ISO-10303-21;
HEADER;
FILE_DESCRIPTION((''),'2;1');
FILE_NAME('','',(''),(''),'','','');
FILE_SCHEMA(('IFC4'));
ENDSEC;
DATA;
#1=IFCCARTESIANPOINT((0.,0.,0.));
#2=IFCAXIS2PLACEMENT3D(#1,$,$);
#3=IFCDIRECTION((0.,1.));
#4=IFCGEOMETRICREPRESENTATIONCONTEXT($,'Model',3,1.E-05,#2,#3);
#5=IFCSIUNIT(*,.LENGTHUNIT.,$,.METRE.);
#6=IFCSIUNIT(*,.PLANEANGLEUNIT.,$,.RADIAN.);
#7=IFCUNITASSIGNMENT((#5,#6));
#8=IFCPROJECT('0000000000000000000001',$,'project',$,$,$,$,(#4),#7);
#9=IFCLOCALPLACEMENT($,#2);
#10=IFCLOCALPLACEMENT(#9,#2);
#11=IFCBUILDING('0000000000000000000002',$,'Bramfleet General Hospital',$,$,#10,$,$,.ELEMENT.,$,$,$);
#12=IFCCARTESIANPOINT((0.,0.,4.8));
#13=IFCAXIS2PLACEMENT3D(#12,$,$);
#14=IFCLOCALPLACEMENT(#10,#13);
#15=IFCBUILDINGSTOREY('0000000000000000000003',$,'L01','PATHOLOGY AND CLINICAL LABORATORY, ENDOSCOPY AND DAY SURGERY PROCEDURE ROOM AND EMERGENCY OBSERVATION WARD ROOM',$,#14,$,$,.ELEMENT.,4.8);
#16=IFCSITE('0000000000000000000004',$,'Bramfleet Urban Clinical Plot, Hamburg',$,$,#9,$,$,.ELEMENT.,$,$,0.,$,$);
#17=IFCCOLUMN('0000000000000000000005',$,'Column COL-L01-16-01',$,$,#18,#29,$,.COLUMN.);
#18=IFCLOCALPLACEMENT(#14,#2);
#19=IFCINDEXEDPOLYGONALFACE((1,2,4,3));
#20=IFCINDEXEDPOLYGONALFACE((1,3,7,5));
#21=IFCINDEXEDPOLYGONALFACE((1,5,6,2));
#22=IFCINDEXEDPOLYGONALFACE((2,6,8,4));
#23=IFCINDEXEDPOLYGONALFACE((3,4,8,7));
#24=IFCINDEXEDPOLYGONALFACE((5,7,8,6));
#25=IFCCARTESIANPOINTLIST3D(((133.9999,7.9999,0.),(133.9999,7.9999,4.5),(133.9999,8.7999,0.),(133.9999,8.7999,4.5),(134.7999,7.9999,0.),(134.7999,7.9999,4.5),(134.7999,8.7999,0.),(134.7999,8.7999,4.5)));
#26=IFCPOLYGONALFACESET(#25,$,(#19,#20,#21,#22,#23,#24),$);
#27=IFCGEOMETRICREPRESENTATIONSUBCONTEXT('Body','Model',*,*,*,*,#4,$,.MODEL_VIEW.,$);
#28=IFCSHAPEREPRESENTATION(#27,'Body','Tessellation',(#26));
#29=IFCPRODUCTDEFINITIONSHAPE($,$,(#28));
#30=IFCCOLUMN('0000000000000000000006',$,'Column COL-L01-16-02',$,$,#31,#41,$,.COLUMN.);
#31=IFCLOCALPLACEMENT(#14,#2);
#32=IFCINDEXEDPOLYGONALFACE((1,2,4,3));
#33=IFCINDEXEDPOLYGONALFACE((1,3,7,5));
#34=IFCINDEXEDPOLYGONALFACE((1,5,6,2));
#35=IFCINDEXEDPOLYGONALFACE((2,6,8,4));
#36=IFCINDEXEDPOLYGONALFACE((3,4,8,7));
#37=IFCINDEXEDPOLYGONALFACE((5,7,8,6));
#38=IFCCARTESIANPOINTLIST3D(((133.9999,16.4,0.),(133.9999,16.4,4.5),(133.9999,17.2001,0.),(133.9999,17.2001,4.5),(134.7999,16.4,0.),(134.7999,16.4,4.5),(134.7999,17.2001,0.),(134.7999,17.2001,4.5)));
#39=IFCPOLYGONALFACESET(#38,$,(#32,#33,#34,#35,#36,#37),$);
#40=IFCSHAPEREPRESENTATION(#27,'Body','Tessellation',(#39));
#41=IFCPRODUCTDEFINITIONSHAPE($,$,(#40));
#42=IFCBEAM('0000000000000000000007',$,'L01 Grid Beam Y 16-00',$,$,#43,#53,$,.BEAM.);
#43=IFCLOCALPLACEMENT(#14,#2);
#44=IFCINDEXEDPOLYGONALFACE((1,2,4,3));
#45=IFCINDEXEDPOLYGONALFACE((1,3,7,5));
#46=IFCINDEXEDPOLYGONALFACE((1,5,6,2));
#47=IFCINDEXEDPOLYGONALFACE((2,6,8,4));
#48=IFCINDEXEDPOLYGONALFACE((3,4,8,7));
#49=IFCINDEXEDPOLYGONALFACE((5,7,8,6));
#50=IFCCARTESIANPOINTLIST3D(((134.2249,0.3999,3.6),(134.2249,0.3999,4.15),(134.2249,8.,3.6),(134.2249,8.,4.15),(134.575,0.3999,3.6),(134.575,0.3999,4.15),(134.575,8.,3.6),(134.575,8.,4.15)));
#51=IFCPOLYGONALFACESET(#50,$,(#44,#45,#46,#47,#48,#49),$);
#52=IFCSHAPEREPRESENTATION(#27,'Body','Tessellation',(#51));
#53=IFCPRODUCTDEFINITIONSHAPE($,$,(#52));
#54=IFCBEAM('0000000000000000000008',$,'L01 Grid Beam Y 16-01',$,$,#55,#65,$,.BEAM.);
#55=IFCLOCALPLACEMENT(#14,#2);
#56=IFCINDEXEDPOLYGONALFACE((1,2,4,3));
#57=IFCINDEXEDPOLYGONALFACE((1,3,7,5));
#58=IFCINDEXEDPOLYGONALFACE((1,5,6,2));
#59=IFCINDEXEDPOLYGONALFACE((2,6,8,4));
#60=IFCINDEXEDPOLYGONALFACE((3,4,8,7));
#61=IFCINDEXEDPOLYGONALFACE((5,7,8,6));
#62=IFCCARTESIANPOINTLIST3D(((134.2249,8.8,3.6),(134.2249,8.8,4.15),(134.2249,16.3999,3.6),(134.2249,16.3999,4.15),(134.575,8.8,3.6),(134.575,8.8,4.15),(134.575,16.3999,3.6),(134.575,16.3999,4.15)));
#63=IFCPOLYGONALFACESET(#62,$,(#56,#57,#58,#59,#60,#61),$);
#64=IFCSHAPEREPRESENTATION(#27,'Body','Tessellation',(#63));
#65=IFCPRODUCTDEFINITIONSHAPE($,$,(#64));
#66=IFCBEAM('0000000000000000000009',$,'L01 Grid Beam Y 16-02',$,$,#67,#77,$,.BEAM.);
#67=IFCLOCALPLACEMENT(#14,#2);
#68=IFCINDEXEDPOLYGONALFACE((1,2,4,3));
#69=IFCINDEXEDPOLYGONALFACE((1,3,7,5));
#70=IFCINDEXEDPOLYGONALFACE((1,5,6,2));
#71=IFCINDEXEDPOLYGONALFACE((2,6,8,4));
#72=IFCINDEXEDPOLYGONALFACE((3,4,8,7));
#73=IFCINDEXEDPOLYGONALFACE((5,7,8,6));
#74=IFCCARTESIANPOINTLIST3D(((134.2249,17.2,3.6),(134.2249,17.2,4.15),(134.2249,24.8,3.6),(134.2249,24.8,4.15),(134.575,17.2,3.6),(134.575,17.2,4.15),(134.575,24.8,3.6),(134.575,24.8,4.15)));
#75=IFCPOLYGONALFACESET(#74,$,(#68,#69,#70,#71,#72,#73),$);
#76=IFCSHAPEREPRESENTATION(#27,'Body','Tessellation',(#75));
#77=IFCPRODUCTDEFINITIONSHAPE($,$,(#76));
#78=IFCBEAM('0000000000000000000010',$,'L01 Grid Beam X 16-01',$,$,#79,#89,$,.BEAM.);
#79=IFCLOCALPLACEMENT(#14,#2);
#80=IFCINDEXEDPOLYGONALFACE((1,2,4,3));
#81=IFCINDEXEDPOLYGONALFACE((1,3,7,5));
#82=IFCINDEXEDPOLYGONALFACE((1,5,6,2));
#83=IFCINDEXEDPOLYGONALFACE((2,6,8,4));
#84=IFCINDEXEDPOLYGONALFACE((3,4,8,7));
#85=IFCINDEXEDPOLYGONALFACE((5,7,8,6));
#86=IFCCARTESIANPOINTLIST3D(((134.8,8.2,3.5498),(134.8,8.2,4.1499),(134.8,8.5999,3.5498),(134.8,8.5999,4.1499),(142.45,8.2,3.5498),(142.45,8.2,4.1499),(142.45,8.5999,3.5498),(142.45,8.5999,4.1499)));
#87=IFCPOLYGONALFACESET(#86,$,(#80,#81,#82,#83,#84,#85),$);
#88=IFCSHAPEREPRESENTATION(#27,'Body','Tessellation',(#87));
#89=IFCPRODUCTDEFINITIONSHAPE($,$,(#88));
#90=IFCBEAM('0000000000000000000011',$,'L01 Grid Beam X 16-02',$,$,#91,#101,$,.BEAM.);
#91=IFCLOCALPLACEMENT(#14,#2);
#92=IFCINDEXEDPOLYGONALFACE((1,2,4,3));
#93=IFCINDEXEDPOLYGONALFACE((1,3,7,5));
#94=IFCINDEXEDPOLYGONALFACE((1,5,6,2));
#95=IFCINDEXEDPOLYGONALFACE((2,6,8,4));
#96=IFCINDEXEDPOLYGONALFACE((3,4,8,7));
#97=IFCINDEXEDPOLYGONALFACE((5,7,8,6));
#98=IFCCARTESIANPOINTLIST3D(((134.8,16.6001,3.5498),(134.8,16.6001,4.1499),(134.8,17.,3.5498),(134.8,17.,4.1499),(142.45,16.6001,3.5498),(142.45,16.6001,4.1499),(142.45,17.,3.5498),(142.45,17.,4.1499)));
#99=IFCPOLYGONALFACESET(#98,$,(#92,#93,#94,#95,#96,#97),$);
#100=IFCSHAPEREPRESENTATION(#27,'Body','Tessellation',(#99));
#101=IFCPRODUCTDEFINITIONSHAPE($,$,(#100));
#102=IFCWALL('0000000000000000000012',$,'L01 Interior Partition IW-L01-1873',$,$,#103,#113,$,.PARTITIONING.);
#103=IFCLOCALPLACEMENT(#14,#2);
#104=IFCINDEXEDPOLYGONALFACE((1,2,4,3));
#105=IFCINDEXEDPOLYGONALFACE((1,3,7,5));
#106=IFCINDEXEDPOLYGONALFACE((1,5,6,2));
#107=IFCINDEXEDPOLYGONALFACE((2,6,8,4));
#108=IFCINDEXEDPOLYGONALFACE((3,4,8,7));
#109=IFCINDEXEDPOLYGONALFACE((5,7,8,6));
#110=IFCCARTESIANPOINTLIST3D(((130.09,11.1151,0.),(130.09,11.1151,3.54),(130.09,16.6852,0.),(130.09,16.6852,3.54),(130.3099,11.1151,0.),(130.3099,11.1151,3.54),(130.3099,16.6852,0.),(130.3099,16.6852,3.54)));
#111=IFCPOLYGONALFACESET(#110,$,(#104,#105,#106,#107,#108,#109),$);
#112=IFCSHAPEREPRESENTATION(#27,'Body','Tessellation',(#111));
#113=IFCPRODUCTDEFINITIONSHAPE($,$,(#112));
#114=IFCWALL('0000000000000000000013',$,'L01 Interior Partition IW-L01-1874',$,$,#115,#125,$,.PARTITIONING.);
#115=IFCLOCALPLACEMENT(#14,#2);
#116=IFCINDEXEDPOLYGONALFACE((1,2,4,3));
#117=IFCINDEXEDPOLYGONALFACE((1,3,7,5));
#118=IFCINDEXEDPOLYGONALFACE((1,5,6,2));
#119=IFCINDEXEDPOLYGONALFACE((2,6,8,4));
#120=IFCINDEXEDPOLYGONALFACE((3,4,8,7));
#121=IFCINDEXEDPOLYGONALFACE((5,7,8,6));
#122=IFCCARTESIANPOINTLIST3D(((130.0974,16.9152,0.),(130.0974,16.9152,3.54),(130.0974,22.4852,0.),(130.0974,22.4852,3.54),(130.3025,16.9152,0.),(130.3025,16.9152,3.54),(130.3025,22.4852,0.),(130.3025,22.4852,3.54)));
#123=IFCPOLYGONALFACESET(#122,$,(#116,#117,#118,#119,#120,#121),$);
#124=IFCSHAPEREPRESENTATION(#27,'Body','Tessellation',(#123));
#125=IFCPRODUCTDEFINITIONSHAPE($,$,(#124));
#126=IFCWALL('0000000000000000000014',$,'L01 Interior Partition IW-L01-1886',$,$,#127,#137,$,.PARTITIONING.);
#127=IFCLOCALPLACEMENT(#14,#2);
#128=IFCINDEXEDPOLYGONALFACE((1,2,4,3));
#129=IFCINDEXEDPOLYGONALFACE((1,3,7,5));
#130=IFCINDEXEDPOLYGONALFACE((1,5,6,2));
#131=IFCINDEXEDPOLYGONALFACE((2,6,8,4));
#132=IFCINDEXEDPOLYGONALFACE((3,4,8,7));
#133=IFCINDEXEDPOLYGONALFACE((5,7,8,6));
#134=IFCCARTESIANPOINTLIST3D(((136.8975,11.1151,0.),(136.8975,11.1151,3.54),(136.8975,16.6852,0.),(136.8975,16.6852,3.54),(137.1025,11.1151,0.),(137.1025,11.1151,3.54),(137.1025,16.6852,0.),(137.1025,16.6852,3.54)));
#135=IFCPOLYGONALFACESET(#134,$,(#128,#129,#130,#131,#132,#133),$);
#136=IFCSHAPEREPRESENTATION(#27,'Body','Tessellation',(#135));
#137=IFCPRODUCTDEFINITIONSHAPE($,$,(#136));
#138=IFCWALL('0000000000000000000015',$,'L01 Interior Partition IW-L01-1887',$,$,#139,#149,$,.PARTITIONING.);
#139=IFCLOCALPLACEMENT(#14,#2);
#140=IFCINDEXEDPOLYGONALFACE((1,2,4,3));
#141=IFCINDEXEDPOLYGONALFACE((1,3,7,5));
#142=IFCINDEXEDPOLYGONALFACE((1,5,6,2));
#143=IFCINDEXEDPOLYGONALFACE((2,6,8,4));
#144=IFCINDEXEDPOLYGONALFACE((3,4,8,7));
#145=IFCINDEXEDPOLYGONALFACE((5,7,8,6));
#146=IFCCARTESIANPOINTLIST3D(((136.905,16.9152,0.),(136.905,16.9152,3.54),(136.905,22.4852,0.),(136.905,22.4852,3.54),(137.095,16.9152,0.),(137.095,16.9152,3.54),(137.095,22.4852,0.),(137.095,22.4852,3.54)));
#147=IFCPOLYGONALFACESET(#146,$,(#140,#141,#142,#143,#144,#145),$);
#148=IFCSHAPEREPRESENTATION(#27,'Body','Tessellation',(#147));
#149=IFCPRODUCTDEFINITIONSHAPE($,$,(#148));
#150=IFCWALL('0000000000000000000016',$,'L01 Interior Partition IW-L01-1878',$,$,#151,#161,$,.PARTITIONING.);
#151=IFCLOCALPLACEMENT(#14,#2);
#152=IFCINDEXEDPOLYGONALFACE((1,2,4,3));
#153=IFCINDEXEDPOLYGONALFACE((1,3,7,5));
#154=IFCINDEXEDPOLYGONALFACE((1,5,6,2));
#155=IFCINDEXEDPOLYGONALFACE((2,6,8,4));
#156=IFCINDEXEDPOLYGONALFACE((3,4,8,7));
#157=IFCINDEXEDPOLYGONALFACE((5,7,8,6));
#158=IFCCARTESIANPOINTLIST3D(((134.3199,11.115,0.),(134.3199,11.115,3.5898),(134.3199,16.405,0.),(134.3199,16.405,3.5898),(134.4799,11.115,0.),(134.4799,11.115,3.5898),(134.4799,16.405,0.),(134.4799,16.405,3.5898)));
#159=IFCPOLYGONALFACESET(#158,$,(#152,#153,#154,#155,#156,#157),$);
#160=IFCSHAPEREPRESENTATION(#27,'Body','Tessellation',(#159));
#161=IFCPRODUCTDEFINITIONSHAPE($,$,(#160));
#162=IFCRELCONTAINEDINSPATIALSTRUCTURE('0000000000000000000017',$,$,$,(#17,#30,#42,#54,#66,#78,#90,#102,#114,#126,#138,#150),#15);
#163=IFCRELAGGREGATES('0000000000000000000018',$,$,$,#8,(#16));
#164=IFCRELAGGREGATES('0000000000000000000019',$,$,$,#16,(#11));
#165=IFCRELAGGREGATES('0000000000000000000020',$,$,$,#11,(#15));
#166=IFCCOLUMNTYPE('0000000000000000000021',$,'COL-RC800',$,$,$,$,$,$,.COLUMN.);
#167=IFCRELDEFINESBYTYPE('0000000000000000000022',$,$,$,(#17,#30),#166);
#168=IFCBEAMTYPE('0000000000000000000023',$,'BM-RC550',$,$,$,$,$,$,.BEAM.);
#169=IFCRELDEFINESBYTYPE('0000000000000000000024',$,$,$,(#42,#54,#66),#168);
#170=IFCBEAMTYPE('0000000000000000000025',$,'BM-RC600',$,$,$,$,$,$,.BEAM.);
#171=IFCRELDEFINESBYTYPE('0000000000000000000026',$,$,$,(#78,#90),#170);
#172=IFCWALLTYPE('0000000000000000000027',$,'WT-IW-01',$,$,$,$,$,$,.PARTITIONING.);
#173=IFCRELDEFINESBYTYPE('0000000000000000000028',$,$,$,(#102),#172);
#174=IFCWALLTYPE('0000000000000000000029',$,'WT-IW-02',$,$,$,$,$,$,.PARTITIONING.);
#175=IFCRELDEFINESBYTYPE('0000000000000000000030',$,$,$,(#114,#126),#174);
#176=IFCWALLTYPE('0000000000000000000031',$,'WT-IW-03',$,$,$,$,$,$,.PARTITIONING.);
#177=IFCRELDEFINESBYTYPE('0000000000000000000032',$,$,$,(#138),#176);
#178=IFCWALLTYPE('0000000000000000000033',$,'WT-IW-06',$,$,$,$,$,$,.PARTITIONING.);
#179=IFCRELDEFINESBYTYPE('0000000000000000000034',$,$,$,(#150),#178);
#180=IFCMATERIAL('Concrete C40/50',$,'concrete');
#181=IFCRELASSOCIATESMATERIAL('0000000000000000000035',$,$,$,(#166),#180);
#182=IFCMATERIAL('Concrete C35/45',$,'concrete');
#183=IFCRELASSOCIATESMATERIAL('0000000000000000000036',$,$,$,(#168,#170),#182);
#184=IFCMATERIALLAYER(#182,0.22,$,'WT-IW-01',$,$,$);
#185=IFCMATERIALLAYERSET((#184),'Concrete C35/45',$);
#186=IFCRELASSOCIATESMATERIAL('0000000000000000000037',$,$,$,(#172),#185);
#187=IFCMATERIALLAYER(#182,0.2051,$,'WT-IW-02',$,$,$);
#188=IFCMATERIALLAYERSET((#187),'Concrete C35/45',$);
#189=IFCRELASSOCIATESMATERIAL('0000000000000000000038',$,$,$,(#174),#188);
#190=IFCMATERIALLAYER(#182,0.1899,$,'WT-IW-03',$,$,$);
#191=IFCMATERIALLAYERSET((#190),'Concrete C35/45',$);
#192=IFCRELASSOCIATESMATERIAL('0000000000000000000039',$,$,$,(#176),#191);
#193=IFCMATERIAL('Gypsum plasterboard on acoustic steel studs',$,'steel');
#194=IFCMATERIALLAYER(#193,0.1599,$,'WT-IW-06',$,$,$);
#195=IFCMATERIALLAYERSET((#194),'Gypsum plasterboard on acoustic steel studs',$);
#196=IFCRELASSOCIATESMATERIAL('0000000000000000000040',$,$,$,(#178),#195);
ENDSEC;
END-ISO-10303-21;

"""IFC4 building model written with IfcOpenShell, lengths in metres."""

from ifc_helpers import new_model, si_unit, direction, frame, frame_2d, origin, origin_2d, place, context, subcontext, project, spatial, rectangle, extrude, material, layer, layer_set, material_profile, profile_set, type_object, element, save


model = new_model("IFC4")

# Units and contexts
model_context = context("Model", 3, precision=1e-05, world=origin(), true_north=direction((0.0, 1.0)))
body_context = subcontext(model_context, "Body", "Model", "MODEL_VIEW")
ifc_project = project(units=[si_unit("LENGTHUNIT", "METRE"), si_unit("PLANEANGLEUNIT", "RADIAN")], contexts=[model_context])

# Site, building, storey
site_placement = place(None, origin())
site = spatial("IfcSite", under=ifc_project, at=site_placement, Name="Bramfleet Urban Clinical Plot, Hamburg", CompositionType="ELEMENT", RefElevation=0.0)
building_placement = place(site_placement, origin())
building = spatial("IfcBuilding", under=site, at=building_placement, Name="Bramfleet General Hospital", CompositionType="ELEMENT")
storey_placement = place(building_placement, frame((0.0, 0.0, 4.8)))
storey = spatial("IfcBuildingStorey", under=building, at=storey_placement, Name="L01", Description="PATHOLOGY AND CLINICAL LABORATORY, ENDOSCOPY AND DAY SURGERY PROCEDURE ROOM AND EMERGENCY OBSERVATION WARD ROOM", CompositionType="ELEMENT", Elevation=4.8)

# Columns
ifc_material_1 = material(Name="Concrete C40/50", Category="concrete")
ifc_material_profile_1 = material_profile(ifc_material_1, rectangle(XDim=0.8, YDim=0.8, at=origin_2d()), Name="RC COL 800x800")
ifc_profile_set_1 = profile_set([ifc_material_profile_1], Name="Concrete C40/50")
column_type = type_object("IfcColumnType", Name="COL-RC800", PredefinedType="COLUMN", material=ifc_profile_set_1)
for number, where, z_axis, x_axis, name in (
    (1, (134.3999, 8.3999, 0.0), (0.0, 0.0, 1.0), (1.0, 0.0, 0.0), "Column COL-L01-16-01"),
    (2, (134.3999, 16.8, 0.0), (0.0, 0.0, 1.0), (1.0, 0.0, 0.0), "Column COL-L01-16-02"),
):
    element("IfcColumn", number, at=place(storey_placement, frame(where, z_axis=z_axis, x_axis=x_axis)), inside=storey, type_object=column_type, Name=name, PredefinedType="COLUMN", context=body_context, shape_type="SweptSolid", body=[
        extrude(rectangle(XDim=0.8, YDim=0.8, at=origin_2d()), origin(), (0.0, 0.0, 1.0), 4.5),
    ])

# Beams
ifc_material_2 = material(Name="Concrete C35/45", Category="concrete")
ifc_material_profile_2 = material_profile(ifc_material_2, rectangle(XDim=0.3501, YDim=0.55, at=origin_2d()), Name="RC BM 550x350")
ifc_profile_set_2 = profile_set([ifc_material_profile_2], Name="Concrete C35/45")
beam_type_1 = type_object("IfcBeamType", Name="BM-RC550", PredefinedType="BEAM", material=ifc_profile_set_2)
beam_1_placement = place(storey_placement, frame((134.3999, 0.3999, 3.875), z_axis=(0.0, 1.0, 0.0), x_axis=(-1.0, 0.0, 0.0)))
element("IfcBeam", 3, at=beam_1_placement, inside=storey, type_object=beam_type_1, Name="L01 Grid Beam Y 16-00", PredefinedType="BEAM", context=body_context, shape_type="SweptSolid", body=[
    extrude(rectangle(XDim=0.3501, YDim=0.55, at=origin_2d()), origin(), (0.0, 0.0, 1.0), 7.6001),
])
beam_2_placement = place(storey_placement, frame((134.3999, 8.8, 3.875), z_axis=(0.0, 1.0, 0.0), x_axis=(-1.0, 0.0, 0.0)))
element("IfcBeam", 4, at=beam_2_placement, inside=storey, type_object=beam_type_1, Name="L01 Grid Beam Y 16-01", PredefinedType="BEAM", context=body_context, shape_type="SweptSolid", body=[
    extrude(rectangle(XDim=0.3501, YDim=0.55, at=origin_2d()), origin(), (0.0, 0.0, 1.0), 7.5999),
])
beam_3_placement = place(storey_placement, frame((134.3999, 17.2, 3.875), z_axis=(0.0, 1.0, 0.0), x_axis=(-1.0, 0.0, 0.0)))
element("IfcBeam", 5, at=beam_3_placement, inside=storey, type_object=beam_type_1, Name="L01 Grid Beam Y 16-02", PredefinedType="BEAM", context=body_context, shape_type="SweptSolid", body=[
    extrude(rectangle(XDim=0.3501, YDim=0.55, at=origin_2d()), origin(), (0.0, 0.0, 1.0), 7.6001),
])
ifc_material_profile_3 = material_profile(ifc_material_2, rectangle(XDim=0.3999, YDim=0.6001, at=origin_2d()), Name="RC BM 600x400")
ifc_profile_set_3 = profile_set([ifc_material_profile_3], Name="Concrete C35/45")
beam_type_2 = type_object("IfcBeamType", Name="BM-RC600", PredefinedType="BEAM", material=ifc_profile_set_3)
for number, where, z_axis, x_axis, name in (
    (6, (134.8, 8.3999, 3.8499), (1.0, 0.0, 0.0), (0.0, 1.0, 0.0), "L01 Grid Beam X 16-01"),
    (7, (134.8, 16.8, 3.8499), (1.0, 0.0, 0.0), (0.0, 1.0, 0.0), "L01 Grid Beam X 16-02"),
):
    element("IfcBeam", number, at=place(storey_placement, frame(where, z_axis=z_axis, x_axis=x_axis)), inside=storey, type_object=beam_type_2, Name=name, PredefinedType="BEAM", context=body_context, shape_type="SweptSolid", body=[
        extrude(rectangle(XDim=0.3999, YDim=0.6001, at=origin_2d()), origin(), (0.0, 0.0, 1.0), 7.6499),
    ])

# Walls
ifc_layer_1 = layer(ifc_material_2, 0.22, Name="WT-IW-01")
ifc_layer_set_1 = layer_set([ifc_layer_1], Name="Concrete C35/45")
wall_type_1 = type_object("IfcWallType", Name="WT-IW-01", PredefinedType="PARTITIONING", material=ifc_layer_set_1)
wall_1_placement = place(storey_placement, frame((130.2, 11.115, 0.0), z_axis=(0.0, 0.0, 1.0), x_axis=(0.0, 1.0, 0.0)))
element("IfcWall", 8, at=wall_1_placement, inside=storey, type_object=wall_type_1, Name="L01 Interior Partition IW-L01-1873", PredefinedType="PARTITIONING", context=body_context, shape_type="SweptSolid", body=[
    extrude(rectangle(XDim=5.5701, YDim=0.22, at=frame_2d((2.7852, 0.0))), origin(), (0.0, 0.0, 1.0), 3.54),
])
ifc_layer_2 = layer(ifc_material_2, 0.2051, Name="WT-IW-02")
ifc_layer_set_2 = layer_set([ifc_layer_2], Name="Concrete C35/45")
wall_type_2 = type_object("IfcWallType", Name="WT-IW-02", PredefinedType="PARTITIONING", material=ifc_layer_set_2)
for number, where, z_axis, x_axis, name in (
    (9, (130.2, 16.915, 0.0), (0.0, 0.0, 1.0), (0.0, 1.0, 0.0), "L01 Interior Partition IW-L01-1874"),
    (10, (137.0, 11.115, 0.0), (0.0, 0.0, 1.0), (0.0, 1.0, 0.0), "L01 Interior Partition IW-L01-1886"),
):
    element("IfcWall", number, at=place(storey_placement, frame(where, z_axis=z_axis, x_axis=x_axis)), inside=storey, type_object=wall_type_2, Name=name, PredefinedType="PARTITIONING", context=body_context, shape_type="SweptSolid", body=[
        extrude(rectangle(XDim=5.5701, YDim=0.2051, at=frame_2d((2.7852, 0.0))), origin(), (0.0, 0.0, 1.0), 3.54),
    ])
ifc_layer_3 = layer(ifc_material_2, 0.1899, Name="WT-IW-03")
ifc_layer_set_3 = layer_set([ifc_layer_3], Name="Concrete C35/45")
wall_type_3 = type_object("IfcWallType", Name="WT-IW-03", PredefinedType="PARTITIONING", material=ifc_layer_set_3)
wall_2_placement = place(storey_placement, frame((137.0, 16.915, 0.0), z_axis=(0.0, 0.0, 1.0), x_axis=(0.0, 1.0, 0.0)))
element("IfcWall", 11, at=wall_2_placement, inside=storey, type_object=wall_type_3, Name="L01 Interior Partition IW-L01-1887", PredefinedType="PARTITIONING", context=body_context, shape_type="SweptSolid", body=[
    extrude(rectangle(XDim=5.5701, YDim=0.1899, at=frame_2d((2.7852, 0.0))), origin(), (0.0, 0.0, 1.0), 3.54),
])
ifc_material_3 = material(Name="Gypsum plasterboard on acoustic steel studs", Category="steel")
ifc_layer_4 = layer(ifc_material_3, 0.1599, Name="WT-IW-06")
ifc_layer_set_4 = layer_set([ifc_layer_4], Name="Gypsum plasterboard on acoustic steel studs")
wall_type_4 = type_object("IfcWallType", Name="WT-IW-06", PredefinedType="PARTITIONING", material=ifc_layer_set_4)
wall_3_placement = place(storey_placement, frame((134.3999, 11.115, 0.0), z_axis=(0.0, 0.0, 1.0), x_axis=(0.0, 1.0, 0.0)))
element("IfcWall", 12, at=wall_3_placement, inside=storey, type_object=wall_type_4, Name="L01 Interior Partition IW-L01-1878", PredefinedType="PARTITIONING", context=body_context, shape_type="SweptSolid", body=[
    extrude(rectangle(XDim=5.29, YDim=0.1599, at=frame_2d((2.645, 0.0))), origin(), (0.0, 0.0, 1.0), 3.5898),
])

save(model, "model.ifc")
